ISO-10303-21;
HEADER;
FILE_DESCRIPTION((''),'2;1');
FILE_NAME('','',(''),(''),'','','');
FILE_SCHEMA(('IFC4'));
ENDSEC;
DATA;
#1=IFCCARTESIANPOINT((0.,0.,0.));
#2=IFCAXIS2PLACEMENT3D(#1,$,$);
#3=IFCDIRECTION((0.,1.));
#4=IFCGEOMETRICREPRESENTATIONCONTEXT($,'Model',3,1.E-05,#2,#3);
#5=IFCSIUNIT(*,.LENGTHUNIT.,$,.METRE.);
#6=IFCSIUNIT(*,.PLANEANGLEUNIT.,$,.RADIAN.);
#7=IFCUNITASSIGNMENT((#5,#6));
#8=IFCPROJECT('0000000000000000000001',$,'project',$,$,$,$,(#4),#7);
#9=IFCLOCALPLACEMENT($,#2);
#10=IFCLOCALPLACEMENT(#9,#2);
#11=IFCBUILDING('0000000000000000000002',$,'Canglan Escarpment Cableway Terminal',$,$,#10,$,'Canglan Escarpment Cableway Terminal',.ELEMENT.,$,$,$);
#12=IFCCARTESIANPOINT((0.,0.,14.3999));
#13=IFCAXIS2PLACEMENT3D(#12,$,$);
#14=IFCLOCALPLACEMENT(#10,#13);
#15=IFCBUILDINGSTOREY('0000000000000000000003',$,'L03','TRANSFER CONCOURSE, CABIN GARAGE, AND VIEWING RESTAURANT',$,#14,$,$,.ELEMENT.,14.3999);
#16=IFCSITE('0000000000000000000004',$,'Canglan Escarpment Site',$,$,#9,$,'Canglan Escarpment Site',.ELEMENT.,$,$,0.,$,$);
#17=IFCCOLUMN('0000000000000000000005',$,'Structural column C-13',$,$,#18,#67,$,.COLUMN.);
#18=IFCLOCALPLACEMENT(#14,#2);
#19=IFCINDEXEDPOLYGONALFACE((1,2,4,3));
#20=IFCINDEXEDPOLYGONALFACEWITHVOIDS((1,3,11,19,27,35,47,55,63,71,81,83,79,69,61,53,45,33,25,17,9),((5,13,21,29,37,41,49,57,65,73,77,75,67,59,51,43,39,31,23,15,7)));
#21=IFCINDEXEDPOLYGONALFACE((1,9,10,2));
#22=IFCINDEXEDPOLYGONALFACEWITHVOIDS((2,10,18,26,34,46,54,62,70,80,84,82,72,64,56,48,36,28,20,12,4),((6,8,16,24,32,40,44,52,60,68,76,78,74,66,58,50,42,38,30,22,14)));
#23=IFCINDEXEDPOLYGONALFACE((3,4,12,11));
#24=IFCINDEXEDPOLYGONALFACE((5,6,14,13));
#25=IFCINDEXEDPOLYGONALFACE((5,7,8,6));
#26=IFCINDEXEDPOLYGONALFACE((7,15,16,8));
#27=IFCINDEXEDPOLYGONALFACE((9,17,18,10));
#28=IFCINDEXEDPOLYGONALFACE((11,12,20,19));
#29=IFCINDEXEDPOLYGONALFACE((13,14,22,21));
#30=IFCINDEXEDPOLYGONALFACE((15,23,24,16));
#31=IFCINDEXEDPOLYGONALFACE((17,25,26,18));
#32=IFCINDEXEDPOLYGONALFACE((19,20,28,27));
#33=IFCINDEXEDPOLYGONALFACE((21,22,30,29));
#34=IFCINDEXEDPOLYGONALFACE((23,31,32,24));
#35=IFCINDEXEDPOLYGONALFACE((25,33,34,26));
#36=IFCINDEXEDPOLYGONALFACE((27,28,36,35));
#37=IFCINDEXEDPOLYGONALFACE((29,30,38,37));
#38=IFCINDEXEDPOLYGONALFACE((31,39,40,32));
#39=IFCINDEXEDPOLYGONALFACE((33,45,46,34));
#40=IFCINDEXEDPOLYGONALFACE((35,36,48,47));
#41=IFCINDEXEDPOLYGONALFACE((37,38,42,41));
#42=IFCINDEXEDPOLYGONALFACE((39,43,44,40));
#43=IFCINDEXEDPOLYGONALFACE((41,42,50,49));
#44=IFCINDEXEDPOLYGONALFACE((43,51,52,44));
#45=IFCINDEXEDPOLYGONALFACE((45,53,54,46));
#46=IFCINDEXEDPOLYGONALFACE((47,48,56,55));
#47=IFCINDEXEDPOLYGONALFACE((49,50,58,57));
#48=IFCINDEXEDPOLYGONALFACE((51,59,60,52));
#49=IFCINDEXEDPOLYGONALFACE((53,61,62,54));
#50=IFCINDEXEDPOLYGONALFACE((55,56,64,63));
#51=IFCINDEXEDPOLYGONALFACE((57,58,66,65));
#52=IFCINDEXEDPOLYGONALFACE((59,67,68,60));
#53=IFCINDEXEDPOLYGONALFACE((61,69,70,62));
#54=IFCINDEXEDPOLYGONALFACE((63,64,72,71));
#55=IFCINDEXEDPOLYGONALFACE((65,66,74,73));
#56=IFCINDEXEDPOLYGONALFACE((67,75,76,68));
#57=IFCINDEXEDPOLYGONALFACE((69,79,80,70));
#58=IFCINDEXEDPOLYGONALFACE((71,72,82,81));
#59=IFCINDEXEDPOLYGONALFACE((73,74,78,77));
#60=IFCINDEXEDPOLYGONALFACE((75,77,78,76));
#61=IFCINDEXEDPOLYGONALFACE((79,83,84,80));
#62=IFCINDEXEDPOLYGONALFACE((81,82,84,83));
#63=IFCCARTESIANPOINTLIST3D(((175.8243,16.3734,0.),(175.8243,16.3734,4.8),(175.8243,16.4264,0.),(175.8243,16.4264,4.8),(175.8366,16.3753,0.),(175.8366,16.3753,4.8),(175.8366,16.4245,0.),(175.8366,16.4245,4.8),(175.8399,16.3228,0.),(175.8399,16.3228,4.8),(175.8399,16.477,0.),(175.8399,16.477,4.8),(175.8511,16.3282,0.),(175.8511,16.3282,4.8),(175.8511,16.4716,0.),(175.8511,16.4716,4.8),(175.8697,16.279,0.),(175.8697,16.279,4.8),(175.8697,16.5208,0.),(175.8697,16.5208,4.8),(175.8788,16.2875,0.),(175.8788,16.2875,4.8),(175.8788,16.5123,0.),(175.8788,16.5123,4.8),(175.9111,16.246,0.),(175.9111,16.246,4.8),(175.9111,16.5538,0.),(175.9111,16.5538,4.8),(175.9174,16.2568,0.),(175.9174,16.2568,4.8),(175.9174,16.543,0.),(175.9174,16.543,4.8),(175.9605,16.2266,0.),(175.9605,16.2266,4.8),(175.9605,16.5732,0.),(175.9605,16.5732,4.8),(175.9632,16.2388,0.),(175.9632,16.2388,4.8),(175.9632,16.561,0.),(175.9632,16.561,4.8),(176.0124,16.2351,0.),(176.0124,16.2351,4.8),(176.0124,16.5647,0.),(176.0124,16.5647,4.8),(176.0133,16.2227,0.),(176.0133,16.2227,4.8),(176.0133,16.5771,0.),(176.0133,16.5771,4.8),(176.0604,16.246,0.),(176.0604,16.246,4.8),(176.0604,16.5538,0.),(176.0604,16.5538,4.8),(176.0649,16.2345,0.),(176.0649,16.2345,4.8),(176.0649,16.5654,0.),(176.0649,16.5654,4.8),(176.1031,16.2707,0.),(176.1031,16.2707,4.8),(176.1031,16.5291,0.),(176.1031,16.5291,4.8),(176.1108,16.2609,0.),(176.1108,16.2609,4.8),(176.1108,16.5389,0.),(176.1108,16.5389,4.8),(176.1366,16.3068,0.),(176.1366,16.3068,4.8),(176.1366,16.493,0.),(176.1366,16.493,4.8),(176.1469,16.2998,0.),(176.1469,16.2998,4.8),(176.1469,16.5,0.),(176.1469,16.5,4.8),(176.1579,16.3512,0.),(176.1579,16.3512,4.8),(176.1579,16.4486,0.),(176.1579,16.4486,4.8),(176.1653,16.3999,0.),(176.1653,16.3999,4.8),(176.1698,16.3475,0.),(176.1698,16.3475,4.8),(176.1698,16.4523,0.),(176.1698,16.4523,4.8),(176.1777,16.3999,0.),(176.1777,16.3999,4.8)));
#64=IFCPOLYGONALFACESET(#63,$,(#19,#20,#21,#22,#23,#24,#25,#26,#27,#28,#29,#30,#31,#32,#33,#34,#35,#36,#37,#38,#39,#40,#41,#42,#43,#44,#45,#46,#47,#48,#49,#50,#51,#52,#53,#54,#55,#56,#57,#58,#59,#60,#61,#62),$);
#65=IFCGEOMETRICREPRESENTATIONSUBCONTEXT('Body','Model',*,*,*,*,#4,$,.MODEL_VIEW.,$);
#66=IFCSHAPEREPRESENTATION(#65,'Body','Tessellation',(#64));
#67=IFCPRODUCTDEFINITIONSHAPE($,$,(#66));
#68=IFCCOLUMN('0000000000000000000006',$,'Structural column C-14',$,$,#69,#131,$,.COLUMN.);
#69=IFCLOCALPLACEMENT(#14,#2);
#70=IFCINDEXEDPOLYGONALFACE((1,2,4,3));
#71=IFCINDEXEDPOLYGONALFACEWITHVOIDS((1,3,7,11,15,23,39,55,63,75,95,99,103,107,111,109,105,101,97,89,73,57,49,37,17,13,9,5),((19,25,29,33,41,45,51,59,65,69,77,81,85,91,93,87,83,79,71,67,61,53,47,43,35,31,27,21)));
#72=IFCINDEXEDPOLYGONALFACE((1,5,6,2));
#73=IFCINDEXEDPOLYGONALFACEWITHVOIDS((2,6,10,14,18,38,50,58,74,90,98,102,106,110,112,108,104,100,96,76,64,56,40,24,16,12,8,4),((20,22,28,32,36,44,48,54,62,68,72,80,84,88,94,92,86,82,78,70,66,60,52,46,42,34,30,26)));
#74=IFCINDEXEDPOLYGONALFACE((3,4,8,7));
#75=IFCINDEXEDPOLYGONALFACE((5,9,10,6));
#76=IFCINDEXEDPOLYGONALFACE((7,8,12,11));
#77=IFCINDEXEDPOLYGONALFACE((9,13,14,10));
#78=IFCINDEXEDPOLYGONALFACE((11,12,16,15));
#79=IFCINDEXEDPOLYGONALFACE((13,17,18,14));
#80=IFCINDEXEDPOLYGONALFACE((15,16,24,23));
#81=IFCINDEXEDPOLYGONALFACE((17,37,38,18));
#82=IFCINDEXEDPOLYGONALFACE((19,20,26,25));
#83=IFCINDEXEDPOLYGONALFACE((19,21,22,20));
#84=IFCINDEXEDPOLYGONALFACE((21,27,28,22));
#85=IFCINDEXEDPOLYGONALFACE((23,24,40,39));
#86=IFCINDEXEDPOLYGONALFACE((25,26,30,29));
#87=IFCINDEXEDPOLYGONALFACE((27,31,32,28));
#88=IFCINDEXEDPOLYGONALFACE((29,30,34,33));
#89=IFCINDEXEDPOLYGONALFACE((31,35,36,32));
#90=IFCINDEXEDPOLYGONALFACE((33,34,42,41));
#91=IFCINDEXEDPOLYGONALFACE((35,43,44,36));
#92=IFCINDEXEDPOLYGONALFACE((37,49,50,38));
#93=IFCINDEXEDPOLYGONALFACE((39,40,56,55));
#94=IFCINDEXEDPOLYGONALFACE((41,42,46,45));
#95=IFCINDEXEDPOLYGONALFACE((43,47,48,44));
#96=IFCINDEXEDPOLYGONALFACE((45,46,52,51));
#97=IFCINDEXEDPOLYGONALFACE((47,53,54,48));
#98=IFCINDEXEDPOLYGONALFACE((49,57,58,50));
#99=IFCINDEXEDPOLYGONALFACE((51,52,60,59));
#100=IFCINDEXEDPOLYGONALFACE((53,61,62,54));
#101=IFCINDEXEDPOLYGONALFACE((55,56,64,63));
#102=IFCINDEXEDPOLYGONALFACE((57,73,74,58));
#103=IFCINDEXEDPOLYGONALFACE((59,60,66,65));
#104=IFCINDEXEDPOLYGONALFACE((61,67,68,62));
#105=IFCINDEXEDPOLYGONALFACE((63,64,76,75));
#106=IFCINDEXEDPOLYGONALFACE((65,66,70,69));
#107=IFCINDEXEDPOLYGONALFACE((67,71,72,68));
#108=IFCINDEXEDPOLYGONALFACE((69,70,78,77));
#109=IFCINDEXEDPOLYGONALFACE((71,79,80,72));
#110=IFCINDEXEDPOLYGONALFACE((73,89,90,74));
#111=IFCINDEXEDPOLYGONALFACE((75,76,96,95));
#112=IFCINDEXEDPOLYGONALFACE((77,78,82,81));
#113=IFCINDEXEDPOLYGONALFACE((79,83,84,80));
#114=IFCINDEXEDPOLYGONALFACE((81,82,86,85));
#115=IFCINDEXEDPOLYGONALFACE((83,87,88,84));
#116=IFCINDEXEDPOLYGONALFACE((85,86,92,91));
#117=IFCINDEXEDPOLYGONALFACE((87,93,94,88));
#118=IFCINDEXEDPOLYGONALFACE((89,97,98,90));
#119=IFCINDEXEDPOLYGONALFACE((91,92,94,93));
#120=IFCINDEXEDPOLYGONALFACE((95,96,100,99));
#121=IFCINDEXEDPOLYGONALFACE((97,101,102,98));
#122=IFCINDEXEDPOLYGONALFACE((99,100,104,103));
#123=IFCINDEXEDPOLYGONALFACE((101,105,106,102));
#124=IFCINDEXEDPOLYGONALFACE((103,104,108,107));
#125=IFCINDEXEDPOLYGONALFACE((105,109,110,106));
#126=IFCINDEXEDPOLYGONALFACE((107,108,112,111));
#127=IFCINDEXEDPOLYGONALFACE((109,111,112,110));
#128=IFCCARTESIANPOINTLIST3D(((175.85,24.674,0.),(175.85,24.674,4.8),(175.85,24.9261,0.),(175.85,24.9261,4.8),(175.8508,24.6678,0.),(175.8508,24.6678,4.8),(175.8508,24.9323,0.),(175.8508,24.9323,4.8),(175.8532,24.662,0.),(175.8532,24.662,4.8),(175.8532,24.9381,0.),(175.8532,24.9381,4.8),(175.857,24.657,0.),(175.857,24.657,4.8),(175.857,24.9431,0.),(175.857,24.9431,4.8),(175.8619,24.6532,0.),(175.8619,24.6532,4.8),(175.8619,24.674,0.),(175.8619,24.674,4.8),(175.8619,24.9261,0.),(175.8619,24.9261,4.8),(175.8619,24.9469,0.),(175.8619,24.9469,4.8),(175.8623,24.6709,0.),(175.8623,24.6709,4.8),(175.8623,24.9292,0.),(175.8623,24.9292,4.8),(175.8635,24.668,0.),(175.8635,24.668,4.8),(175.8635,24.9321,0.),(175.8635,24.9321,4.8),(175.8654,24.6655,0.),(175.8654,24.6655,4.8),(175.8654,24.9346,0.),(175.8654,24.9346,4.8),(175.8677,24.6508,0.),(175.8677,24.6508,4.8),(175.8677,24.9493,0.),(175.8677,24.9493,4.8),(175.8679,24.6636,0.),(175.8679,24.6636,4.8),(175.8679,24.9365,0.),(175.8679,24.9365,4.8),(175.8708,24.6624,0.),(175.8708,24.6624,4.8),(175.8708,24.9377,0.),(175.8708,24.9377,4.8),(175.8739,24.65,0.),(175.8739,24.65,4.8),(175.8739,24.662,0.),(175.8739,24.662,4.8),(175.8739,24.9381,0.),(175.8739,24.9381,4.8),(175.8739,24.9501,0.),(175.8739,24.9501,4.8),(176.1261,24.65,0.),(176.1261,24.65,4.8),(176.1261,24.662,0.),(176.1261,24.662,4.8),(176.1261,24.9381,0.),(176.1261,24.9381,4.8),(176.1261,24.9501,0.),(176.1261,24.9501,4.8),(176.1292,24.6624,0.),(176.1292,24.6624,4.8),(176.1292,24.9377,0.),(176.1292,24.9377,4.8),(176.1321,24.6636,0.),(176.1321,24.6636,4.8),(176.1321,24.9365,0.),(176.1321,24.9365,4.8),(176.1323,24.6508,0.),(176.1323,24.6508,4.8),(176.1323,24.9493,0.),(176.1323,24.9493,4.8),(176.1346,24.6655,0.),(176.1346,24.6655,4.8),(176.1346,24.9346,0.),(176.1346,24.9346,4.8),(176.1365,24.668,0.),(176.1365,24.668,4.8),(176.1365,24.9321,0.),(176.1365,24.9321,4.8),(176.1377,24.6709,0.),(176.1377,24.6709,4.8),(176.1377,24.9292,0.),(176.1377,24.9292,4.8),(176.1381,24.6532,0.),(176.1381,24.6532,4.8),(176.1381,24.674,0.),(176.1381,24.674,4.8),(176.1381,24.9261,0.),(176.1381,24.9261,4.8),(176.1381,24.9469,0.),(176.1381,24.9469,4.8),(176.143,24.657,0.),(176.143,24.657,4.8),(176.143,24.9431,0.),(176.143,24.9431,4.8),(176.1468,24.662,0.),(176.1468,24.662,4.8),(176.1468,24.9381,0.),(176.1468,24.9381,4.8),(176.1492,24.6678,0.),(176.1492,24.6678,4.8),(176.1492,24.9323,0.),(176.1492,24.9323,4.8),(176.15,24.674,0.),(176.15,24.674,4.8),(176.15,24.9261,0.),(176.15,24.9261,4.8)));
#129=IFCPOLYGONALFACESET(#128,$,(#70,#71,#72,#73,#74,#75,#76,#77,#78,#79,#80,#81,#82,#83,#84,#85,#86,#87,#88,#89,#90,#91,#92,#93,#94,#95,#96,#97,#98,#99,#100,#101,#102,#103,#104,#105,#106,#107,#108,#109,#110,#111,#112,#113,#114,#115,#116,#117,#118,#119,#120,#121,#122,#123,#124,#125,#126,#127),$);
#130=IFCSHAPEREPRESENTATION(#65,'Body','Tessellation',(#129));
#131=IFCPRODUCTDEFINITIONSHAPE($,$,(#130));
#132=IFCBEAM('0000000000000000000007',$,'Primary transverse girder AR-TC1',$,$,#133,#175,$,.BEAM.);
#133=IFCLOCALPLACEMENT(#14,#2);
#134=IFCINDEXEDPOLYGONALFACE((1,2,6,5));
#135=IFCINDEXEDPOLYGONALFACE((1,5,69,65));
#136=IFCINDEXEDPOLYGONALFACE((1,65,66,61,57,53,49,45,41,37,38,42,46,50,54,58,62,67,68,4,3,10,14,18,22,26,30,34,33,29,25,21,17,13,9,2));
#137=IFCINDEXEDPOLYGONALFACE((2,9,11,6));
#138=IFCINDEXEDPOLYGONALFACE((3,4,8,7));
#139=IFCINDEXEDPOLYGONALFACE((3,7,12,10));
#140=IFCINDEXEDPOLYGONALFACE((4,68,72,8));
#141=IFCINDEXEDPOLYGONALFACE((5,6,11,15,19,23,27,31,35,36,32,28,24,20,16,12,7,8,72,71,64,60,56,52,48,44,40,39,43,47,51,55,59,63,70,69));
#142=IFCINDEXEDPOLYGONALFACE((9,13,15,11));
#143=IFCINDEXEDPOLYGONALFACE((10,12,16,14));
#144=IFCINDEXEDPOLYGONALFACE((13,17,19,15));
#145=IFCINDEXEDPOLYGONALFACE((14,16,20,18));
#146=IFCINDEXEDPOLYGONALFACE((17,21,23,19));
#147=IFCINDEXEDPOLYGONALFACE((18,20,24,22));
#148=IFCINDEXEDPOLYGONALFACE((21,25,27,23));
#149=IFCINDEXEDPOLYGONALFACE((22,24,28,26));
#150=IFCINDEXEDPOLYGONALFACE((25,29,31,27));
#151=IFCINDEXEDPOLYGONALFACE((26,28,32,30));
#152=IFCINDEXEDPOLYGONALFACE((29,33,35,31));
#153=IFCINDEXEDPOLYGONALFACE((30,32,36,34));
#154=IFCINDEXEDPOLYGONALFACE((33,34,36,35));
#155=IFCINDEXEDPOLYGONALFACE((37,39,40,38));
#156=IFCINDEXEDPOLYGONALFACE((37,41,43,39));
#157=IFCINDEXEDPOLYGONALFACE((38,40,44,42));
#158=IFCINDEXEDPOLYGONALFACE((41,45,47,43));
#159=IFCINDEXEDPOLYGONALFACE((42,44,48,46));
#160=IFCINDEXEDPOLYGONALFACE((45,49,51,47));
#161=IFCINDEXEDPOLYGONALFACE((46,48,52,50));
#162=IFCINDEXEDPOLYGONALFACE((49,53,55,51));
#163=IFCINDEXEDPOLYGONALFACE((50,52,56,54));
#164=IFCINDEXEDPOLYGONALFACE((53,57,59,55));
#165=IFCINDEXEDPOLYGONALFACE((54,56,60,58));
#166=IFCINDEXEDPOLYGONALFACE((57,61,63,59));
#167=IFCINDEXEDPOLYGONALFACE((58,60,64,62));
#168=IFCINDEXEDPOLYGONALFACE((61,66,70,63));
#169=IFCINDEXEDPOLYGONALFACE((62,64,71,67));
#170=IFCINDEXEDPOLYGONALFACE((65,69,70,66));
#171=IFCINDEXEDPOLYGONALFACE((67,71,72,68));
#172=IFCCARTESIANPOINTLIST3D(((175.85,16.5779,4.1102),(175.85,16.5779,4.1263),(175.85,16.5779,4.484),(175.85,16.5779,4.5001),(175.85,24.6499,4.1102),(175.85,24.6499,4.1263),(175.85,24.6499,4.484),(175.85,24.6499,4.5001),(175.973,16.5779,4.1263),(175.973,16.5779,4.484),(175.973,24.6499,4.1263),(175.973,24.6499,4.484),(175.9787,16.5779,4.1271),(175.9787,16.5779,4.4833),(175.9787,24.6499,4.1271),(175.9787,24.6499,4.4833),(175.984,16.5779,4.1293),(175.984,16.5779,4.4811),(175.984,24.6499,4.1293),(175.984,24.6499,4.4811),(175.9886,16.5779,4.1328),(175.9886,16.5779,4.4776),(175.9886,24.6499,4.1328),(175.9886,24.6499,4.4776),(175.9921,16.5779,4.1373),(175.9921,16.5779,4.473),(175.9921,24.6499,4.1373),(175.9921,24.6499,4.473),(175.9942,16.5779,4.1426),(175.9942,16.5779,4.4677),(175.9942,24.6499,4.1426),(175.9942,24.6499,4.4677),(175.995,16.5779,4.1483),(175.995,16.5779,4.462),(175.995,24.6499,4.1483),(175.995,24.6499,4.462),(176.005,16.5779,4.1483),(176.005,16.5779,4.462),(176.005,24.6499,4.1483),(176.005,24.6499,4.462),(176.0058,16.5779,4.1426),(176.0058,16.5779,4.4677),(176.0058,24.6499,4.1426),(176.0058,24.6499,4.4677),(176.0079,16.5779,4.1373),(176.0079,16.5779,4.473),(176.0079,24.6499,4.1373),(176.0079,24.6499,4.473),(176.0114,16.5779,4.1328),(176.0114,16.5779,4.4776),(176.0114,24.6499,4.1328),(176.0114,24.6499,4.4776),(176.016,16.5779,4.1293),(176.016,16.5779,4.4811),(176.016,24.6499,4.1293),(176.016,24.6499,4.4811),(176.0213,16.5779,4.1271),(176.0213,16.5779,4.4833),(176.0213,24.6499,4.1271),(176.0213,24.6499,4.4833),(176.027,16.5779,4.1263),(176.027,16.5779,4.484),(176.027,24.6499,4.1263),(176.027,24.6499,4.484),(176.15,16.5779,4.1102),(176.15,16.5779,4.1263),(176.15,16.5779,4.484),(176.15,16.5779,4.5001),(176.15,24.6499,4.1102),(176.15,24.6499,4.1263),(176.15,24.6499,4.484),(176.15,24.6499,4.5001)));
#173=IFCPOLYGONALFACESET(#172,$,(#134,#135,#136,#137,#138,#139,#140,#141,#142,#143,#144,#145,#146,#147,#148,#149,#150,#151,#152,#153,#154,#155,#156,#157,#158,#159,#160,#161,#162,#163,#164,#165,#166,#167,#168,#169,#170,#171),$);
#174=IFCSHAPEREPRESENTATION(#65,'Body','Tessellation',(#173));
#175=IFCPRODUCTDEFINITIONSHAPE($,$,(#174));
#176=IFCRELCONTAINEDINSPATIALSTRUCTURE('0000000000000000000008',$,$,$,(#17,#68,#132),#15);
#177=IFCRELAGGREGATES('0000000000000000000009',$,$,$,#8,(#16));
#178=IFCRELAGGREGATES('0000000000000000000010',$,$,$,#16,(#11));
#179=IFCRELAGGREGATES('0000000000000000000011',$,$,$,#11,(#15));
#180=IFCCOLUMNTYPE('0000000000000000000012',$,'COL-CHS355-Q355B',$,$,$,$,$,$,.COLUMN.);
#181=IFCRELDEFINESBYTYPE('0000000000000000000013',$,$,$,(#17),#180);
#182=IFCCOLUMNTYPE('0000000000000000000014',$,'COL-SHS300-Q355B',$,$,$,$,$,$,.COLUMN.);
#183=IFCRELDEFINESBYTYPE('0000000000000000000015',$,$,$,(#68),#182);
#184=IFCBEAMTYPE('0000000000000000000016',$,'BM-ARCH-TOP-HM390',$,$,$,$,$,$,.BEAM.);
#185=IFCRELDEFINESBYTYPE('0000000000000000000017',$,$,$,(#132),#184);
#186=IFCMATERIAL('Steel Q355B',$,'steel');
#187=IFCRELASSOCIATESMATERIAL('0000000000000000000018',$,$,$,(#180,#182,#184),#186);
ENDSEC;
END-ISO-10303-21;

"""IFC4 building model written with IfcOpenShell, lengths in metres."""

from ifc_helpers import new_model, si_unit, direction, frame, origin, origin_2d, place, context, subcontext, project, spatial, hollow_rectangle, hollow_circle, i_section, extrude, material, material_profile, profile_set, type_object, element, save


model = new_model("IFC4")

# Units and contexts
model_context = context("Model", 3, precision=1e-05, world=origin(), true_north=direction((0.0, 1.0)))
body_context = subcontext(model_context, "Body", "Model", "MODEL_VIEW")
ifc_project = project(units=[si_unit("LENGTHUNIT", "METRE"), si_unit("PLANEANGLEUNIT", "RADIAN")], contexts=[model_context])

# Site, building, storey
site_placement = place(None, origin())
site = spatial("IfcSite", under=ifc_project, at=site_placement, Name="Canglan Escarpment Site", LongName="Canglan Escarpment Site", CompositionType="ELEMENT", RefElevation=0.0)
building_placement = place(site_placement, origin())
building = spatial("IfcBuilding", under=site, at=building_placement, Name="Canglan Escarpment Cableway Terminal", LongName="Canglan Escarpment Cableway Terminal", CompositionType="ELEMENT")
storey_placement = place(building_placement, frame((0.0, 0.0, 14.3999)))
storey = spatial("IfcBuildingStorey", under=building, at=storey_placement, Name="L03", Description="TRANSFER CONCOURSE, CABIN GARAGE, AND VIEWING RESTAURANT", CompositionType="ELEMENT", Elevation=14.3999)

# Columns
ifc_material_1 = material(Name="Steel Q355B", Category="steel")
ifc_material_profile_1 = material_profile(ifc_material_1, hollow_circle(Radius=0.1777, WallThickness=0.0125, at=origin_2d()), Name="CHS 355.6x12.5")
ifc_profile_set_1 = profile_set([ifc_material_profile_1], Name="Steel Q355B")
column_type_1 = type_object("IfcColumnType", Name="COL-CHS355-Q355B", PredefinedType="COLUMN", material=ifc_profile_set_1)
column_1_placement = place(storey_placement, frame((176.0, 16.3999, 0.0), z_axis=(0.0, 0.0, 1.0), x_axis=(1.0, 0.0, 0.0)))
element("IfcColumn", 1, at=column_1_placement, inside=storey, type_object=column_type_1, Name="Structural column C-13", PredefinedType="COLUMN", context=body_context, shape_type="SweptSolid", body=[
    extrude(hollow_circle(Radius=0.1777, WallThickness=0.0125, at=origin_2d()), origin(), (0.0, 0.0, 1.0), 4.8),
])
ifc_material_profile_2 = material_profile(ifc_material_1, hollow_rectangle(XDim=0.3, YDim=0.3, WallThickness=0.012, InnerFilletRadius=0.012, OuterFilletRadius=0.0239, at=origin_2d()), Name="SHS 300x300x12")
ifc_profile_set_2 = profile_set([ifc_material_profile_2], Name="Steel Q355B")
column_type_2 = type_object("IfcColumnType", Name="COL-SHS300-Q355B", PredefinedType="COLUMN", material=ifc_profile_set_2)
column_2_placement = place(storey_placement, frame((176.0, 24.8, 0.0), z_axis=(0.0, 0.0, 1.0), x_axis=(1.0, 0.0, 0.0)))
element("IfcColumn", 2, at=column_2_placement, inside=storey, type_object=column_type_2, Name="Structural column C-14", PredefinedType="COLUMN", context=body_context, shape_type="SweptSolid", body=[
    extrude(hollow_rectangle(XDim=0.3, YDim=0.3, WallThickness=0.012, InnerFilletRadius=0.012, OuterFilletRadius=0.0239, at=origin_2d()), origin(), (0.0, 0.0, 1.0), 4.8),
])

# Beam
ifc_material_profile_3 = material_profile(ifc_material_1, i_section(OverallWidth=0.3, OverallDepth=0.3899, WebThickness=0.01, FlangeThickness=0.0161, FilletRadius=0.022, at=origin_2d()), Name="HM 390x300x10x16")
ifc_profile_set_3 = profile_set([ifc_material_profile_3], Name="Steel Q355B")
beam_type_1 = type_object("IfcBeamType", Name="BM-ARCH-TOP-HM390", PredefinedType="BEAM", material=ifc_profile_set_3)
beam_1_placement = place(storey_placement, frame((176.0, 16.5779, 4.3052), z_axis=(0.0, 1.0, 0.0), x_axis=(-1.0, 0.0, 0.0)))
element("IfcBeam", 3, at=beam_1_placement, inside=storey, type_object=beam_type_1, Name="Primary transverse girder AR-TC1", PredefinedType="BEAM", context=body_context, shape_type="SweptSolid", body=[
    extrude(i_section(OverallWidth=0.3, OverallDepth=0.3899, WebThickness=0.01, FlangeThickness=0.0161, FilletRadius=0.022, at=origin_2d()), origin(), (0.0, 0.0, 1.0), 8.072),
])

save(model, "model.ifc")
